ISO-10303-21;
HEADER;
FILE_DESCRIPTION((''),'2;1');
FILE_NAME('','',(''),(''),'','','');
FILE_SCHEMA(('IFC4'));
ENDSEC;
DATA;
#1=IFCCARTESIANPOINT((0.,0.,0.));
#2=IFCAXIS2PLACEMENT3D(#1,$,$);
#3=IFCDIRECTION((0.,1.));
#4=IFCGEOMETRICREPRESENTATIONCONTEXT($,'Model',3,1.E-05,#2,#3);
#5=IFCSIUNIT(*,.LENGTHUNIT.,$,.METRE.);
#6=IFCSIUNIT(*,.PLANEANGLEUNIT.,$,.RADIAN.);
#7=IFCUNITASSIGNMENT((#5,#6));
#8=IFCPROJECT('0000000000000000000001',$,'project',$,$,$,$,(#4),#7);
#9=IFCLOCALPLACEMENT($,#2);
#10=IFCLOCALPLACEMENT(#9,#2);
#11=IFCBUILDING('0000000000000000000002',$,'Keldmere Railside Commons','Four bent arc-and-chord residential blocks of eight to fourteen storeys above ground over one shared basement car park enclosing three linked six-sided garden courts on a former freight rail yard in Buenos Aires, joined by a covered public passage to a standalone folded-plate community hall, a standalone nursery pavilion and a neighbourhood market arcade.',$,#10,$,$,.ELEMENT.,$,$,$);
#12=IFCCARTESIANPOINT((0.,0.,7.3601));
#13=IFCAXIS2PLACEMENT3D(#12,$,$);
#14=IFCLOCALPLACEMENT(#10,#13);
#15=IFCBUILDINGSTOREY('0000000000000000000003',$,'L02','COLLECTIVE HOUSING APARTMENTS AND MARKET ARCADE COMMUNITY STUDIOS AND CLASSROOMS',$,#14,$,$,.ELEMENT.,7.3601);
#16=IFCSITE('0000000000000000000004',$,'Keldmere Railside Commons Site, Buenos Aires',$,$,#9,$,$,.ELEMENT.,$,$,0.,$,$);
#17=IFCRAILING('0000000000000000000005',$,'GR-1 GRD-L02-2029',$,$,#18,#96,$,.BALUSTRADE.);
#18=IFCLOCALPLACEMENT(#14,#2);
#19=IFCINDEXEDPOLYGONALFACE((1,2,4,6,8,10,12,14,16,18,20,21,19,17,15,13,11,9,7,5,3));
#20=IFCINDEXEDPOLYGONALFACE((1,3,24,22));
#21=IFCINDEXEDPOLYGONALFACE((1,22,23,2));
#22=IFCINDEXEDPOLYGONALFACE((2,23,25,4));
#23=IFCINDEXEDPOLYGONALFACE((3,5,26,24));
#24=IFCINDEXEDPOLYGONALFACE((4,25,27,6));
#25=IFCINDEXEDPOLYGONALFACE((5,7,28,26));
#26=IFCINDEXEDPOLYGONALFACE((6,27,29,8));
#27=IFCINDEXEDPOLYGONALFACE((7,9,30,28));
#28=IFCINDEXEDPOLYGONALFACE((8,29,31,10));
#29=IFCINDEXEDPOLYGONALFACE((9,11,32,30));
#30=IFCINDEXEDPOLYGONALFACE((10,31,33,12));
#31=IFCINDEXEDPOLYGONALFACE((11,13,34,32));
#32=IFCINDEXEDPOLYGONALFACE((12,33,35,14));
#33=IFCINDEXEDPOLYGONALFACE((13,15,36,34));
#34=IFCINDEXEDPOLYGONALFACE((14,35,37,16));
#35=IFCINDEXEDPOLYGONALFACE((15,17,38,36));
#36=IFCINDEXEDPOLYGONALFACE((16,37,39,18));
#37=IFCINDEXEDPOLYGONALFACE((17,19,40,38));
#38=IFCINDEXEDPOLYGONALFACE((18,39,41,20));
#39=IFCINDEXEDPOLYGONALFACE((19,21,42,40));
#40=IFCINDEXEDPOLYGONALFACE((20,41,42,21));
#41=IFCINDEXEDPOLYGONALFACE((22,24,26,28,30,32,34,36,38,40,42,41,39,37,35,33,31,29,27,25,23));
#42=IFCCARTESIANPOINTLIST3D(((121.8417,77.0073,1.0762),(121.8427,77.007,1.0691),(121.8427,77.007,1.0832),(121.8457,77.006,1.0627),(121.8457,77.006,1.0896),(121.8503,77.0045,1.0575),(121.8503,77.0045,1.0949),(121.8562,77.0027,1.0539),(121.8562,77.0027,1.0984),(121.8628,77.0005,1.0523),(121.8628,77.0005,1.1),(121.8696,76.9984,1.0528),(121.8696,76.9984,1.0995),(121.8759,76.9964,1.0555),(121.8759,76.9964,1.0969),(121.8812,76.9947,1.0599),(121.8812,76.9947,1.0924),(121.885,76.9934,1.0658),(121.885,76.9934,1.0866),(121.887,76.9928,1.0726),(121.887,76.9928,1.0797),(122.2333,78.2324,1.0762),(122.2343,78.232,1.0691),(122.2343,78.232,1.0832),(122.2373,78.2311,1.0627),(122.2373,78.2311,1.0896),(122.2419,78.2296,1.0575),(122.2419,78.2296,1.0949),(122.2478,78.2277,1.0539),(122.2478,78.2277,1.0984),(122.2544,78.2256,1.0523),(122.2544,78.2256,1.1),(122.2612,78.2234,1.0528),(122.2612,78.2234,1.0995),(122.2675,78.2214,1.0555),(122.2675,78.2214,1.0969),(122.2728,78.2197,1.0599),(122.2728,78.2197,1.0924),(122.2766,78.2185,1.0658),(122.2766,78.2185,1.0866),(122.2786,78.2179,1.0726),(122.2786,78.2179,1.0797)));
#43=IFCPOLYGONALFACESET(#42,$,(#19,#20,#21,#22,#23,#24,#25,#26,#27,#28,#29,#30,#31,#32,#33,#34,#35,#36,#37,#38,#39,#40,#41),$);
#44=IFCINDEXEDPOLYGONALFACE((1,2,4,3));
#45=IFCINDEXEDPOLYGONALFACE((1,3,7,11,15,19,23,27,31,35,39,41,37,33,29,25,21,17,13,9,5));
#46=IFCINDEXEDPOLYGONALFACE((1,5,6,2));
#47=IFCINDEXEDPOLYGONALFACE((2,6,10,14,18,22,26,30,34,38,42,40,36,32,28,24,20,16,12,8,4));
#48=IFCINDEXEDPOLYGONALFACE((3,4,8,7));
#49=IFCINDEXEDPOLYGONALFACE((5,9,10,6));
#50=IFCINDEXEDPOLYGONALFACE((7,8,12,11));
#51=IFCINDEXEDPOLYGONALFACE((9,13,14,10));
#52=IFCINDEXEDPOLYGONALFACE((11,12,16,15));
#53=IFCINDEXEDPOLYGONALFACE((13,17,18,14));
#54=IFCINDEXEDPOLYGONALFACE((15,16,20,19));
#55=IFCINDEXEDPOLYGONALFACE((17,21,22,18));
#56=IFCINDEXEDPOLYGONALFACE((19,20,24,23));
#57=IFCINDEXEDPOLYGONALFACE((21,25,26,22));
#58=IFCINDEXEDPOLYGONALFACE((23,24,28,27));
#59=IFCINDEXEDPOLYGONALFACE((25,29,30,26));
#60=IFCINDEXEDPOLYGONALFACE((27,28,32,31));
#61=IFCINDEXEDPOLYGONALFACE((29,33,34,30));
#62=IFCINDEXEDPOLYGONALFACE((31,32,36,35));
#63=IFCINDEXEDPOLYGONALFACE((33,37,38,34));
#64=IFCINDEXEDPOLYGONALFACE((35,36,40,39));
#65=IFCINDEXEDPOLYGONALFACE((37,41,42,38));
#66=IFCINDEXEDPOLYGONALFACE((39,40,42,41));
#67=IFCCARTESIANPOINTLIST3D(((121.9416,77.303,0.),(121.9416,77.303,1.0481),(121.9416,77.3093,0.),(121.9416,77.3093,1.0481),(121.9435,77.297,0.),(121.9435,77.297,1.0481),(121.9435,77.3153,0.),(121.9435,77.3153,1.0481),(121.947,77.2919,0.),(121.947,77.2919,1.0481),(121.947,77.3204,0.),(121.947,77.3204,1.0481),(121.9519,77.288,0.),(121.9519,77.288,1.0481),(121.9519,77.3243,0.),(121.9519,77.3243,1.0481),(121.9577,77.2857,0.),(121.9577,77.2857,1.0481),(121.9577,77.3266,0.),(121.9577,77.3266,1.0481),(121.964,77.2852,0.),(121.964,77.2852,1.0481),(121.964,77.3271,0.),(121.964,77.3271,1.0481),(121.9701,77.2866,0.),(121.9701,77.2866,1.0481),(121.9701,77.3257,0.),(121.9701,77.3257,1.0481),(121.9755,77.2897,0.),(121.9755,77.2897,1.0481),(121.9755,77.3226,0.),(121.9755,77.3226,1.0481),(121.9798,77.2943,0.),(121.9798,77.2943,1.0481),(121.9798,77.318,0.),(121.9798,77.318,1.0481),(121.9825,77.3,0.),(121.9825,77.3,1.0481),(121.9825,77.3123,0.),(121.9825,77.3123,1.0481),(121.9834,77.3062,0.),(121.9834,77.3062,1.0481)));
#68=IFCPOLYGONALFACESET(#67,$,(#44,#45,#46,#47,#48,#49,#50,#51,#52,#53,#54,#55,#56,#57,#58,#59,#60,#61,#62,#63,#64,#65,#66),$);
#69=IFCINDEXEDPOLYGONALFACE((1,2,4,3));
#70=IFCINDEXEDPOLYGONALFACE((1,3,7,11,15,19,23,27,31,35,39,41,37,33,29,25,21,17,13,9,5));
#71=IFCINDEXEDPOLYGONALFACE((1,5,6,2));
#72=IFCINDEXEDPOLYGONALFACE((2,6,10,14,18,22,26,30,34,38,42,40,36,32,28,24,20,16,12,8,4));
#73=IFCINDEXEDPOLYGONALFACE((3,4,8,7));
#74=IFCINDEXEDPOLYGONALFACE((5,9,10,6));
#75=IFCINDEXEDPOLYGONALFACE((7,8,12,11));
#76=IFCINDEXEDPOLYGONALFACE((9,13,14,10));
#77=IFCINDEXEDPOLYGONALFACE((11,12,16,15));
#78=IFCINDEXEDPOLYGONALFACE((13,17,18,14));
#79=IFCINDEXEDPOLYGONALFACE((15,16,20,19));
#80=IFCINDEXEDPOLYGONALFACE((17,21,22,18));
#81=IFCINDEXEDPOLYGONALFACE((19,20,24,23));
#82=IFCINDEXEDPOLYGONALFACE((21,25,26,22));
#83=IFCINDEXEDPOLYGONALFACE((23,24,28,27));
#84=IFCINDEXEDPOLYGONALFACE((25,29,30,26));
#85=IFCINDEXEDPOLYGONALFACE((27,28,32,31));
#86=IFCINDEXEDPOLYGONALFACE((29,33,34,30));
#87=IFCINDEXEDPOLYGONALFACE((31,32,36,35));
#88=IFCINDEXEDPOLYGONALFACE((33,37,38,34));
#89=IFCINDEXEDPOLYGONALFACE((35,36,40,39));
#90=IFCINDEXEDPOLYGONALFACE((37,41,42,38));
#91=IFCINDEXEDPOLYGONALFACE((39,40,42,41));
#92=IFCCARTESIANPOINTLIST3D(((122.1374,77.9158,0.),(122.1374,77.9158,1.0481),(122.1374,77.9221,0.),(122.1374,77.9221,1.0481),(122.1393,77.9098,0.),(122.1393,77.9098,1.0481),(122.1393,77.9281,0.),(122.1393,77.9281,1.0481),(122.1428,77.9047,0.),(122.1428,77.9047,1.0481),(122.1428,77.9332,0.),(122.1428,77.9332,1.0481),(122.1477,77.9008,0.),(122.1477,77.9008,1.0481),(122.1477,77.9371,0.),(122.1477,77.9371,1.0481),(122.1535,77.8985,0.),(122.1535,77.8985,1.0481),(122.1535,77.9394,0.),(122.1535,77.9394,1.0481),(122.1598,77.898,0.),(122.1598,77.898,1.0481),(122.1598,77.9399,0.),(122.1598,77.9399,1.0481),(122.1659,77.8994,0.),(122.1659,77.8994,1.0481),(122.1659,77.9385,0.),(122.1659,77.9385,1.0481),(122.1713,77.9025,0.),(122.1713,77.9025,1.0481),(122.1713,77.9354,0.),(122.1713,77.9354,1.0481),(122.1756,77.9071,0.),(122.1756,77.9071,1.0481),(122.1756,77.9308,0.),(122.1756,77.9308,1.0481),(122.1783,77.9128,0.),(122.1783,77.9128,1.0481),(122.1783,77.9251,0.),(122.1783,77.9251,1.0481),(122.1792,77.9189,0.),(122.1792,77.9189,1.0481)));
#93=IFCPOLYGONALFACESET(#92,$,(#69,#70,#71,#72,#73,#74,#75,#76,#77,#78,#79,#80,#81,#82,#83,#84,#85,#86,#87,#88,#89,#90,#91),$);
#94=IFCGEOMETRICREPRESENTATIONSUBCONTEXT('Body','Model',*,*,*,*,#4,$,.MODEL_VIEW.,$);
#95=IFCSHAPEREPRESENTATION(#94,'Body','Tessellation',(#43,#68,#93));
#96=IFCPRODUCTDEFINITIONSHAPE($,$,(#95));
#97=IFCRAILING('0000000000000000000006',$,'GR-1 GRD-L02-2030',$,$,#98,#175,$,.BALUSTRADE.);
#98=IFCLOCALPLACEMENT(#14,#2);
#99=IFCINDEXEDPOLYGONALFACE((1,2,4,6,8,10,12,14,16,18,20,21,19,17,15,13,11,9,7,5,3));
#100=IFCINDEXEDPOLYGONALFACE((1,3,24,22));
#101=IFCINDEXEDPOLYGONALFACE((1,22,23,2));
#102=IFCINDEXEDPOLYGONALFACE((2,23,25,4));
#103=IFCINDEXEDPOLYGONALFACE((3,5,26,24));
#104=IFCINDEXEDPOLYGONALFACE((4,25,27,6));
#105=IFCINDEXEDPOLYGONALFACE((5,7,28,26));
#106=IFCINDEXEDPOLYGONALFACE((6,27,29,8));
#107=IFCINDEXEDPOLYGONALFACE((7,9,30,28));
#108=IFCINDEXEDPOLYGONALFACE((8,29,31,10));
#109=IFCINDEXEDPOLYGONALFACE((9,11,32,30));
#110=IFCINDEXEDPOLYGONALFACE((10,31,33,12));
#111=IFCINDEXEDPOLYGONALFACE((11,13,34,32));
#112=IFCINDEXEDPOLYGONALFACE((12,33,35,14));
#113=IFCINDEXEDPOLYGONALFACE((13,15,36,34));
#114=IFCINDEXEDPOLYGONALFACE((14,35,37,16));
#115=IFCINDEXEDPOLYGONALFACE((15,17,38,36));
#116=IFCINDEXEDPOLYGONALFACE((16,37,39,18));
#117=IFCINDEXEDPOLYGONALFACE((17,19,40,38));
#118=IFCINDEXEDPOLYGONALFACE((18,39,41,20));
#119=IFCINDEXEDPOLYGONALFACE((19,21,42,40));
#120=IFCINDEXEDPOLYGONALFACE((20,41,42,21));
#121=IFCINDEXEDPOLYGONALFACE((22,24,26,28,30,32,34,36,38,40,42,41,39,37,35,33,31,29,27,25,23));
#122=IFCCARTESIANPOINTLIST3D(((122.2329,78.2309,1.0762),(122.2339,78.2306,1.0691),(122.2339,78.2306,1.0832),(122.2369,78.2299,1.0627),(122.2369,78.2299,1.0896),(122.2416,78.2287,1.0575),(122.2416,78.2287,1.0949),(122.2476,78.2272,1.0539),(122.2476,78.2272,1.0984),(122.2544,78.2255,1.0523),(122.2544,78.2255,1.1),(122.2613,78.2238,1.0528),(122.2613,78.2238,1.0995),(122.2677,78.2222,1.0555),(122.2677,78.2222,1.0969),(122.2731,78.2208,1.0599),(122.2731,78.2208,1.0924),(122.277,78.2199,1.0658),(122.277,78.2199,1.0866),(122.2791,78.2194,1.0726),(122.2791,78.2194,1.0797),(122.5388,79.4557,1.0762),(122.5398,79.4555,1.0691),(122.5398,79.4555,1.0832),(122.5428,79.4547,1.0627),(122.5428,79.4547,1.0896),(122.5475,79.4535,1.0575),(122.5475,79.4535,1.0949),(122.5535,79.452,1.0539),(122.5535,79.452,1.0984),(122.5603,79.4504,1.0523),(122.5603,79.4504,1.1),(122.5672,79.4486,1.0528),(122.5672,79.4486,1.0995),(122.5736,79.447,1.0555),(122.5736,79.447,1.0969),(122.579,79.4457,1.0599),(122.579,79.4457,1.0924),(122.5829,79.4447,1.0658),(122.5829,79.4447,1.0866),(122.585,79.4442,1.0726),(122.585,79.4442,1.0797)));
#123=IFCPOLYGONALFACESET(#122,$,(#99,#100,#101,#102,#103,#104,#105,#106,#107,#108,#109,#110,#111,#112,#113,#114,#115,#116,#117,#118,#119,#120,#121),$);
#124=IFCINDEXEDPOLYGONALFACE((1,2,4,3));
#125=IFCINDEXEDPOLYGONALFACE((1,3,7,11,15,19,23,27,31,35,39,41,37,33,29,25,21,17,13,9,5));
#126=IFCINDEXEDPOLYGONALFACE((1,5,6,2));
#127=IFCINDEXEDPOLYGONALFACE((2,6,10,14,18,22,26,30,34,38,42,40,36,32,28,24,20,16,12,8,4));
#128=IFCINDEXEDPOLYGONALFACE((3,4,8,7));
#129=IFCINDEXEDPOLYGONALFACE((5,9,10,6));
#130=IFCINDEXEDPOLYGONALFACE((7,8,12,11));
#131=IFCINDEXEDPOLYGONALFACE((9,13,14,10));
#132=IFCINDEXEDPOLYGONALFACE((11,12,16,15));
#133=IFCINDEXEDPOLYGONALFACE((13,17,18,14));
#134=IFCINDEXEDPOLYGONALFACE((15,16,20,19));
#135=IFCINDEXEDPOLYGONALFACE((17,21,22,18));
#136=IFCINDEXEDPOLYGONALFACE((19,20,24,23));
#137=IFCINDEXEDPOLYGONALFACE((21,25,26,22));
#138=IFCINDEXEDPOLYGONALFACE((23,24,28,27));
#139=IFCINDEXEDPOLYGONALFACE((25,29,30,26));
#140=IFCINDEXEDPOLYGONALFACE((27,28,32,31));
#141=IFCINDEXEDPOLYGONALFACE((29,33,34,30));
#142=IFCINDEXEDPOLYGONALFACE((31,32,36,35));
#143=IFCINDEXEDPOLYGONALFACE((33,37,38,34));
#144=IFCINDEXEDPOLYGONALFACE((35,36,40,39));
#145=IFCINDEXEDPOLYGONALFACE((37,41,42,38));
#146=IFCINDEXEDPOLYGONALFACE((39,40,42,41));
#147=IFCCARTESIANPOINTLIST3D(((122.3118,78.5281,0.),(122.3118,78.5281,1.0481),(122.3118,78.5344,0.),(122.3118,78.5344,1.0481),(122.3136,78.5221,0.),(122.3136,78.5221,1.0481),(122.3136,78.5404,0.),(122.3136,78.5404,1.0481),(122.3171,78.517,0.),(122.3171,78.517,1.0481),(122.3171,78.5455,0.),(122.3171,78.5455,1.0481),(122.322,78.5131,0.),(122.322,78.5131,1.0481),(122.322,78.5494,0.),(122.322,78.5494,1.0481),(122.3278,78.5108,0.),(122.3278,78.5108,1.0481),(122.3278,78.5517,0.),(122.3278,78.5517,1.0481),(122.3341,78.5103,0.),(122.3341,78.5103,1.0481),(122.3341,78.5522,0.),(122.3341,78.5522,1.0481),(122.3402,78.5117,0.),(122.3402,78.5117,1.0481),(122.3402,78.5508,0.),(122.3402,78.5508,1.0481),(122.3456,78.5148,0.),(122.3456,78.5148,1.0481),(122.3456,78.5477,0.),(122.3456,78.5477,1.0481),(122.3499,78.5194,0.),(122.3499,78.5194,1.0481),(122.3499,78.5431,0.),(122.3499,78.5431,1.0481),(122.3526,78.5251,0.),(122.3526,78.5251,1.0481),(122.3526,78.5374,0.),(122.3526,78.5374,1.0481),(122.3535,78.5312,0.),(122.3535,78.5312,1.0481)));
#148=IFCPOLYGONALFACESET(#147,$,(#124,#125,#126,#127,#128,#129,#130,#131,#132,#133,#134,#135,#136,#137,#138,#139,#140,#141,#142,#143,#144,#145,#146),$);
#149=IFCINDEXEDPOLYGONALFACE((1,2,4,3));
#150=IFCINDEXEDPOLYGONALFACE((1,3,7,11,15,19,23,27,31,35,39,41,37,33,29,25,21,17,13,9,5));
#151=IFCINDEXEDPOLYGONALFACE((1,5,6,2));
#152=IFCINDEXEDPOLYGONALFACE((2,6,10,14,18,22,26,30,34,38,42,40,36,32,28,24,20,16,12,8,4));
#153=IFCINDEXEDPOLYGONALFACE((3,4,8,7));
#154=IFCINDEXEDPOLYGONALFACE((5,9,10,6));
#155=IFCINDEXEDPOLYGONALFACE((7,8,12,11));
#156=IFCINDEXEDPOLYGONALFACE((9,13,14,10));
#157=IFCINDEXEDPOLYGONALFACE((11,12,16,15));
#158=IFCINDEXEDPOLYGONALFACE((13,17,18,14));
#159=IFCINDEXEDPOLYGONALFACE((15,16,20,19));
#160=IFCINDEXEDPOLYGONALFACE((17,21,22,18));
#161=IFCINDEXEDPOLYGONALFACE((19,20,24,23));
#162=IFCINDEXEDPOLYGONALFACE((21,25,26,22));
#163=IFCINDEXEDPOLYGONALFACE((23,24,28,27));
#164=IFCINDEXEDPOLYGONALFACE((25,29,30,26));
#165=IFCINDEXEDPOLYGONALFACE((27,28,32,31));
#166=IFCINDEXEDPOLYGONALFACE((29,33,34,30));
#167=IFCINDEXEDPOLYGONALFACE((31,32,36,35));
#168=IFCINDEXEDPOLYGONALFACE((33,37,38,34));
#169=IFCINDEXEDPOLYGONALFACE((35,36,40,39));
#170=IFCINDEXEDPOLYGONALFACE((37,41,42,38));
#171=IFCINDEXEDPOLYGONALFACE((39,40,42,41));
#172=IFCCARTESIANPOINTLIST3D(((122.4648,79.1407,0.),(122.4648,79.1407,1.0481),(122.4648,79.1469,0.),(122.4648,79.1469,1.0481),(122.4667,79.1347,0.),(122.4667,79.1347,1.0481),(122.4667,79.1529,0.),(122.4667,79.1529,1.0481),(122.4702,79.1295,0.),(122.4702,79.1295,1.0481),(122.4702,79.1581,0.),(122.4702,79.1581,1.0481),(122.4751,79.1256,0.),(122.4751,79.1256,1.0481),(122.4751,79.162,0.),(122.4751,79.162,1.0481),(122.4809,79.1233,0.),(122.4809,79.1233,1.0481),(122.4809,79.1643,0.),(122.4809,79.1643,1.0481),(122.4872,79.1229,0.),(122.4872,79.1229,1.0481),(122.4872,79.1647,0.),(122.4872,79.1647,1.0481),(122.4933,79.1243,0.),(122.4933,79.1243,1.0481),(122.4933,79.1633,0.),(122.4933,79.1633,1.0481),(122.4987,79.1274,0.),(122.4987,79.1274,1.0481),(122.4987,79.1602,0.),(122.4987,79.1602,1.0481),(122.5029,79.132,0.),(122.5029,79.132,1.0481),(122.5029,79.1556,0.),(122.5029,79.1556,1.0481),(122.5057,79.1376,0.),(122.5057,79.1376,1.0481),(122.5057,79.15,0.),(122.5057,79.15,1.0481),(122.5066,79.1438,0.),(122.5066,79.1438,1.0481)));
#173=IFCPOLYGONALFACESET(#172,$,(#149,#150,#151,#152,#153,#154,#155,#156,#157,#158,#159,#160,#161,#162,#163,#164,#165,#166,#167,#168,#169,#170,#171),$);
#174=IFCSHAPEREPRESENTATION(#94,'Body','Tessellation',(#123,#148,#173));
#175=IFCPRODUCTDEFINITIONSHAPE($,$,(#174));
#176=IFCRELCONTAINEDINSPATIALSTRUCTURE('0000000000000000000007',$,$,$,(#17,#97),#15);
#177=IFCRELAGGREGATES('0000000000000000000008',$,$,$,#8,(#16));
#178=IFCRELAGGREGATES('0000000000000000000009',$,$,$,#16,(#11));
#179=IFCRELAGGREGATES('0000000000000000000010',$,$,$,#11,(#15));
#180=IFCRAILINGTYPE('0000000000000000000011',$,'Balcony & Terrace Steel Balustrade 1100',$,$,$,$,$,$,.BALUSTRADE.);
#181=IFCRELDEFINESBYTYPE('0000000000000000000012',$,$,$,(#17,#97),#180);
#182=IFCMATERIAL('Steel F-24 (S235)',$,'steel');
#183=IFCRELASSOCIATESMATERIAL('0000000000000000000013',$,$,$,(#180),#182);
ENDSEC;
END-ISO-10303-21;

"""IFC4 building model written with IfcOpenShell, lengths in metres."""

from ifc_helpers import new_model, si_unit, direction, frame, origin, origin_2d, place, context, subcontext, project, spatial, circle, extrude, material, type_object, element, save


model = new_model("IFC4")

# Units and contexts
model_context = context("Model", 3, precision=1e-05, world=origin(), true_north=direction((0.0, 1.0)))
body_context = subcontext(model_context, "Body", "Model", "MODEL_VIEW")
ifc_project = project(units=[si_unit("LENGTHUNIT", "METRE"), si_unit("PLANEANGLEUNIT", "RADIAN")], contexts=[model_context])

# Site, building, storey
site_placement = place(None, origin())
site = spatial("IfcSite", under=ifc_project, at=site_placement, Name="Keldmere Railside Commons Site, Buenos Aires", CompositionType="ELEMENT", RefElevation=0.0)
building_placement = place(site_placement, origin())
building = spatial("IfcBuilding", under=site, at=building_placement, Name="Keldmere Railside Commons", Description="Four bent arc-and-chord residential blocks of eight to fourteen storeys above ground over one shared basement car park enclosing three linked six-sided garden courts on a former freight rail yard in Buenos Aires, joined by a covered public passage to a standalone folded-plate community hall, a standalone nursery pavilion and a neighbourhood market arcade.", CompositionType="ELEMENT")
storey_placement = place(building_placement, frame((0.0, 0.0, 7.3601)))
storey = spatial("IfcBuildingStorey", under=building, at=storey_placement, Name="L02", Description="COLLECTIVE HOUSING APARTMENTS AND MARKET ARCADE COMMUNITY STUDIOS AND CLASSROOMS", CompositionType="ELEMENT", Elevation=7.3601)

# Railings
ifc_material_1 = material(Name="Steel F-24 (S235)", Category="steel")
railing_type = type_object("IfcRailingType", Name="Balcony & Terrace Steel Balustrade 1100", PredefinedType="BALUSTRADE", material=ifc_material_1)
railing_1_placement = place(storey_placement, frame((121.8645, 77.0, 0.0)))
element("IfcRailing", 1, at=railing_1_placement, inside=storey, type_object=railing_type, Name="GR-1 GRD-L02-2029", PredefinedType="BALUSTRADE", context=body_context, shape_type="SweptSolid", body=[
    extrude(circle(Radius=0.0239, at=origin_2d()), frame((0.0, 0.0, 1.0762), z_axis=(0.304473, 0.952521, 0.0), x_axis=(-0.952521, 0.304473, 0.0)), (0.0, 0.0, 1.0), 1.2861),
    extrude(circle(Radius=0.021, at=origin_2d()), frame((0.0979, 0.3062, 0.0)), (0.0, 0.0, 1.0), 1.0481),
    extrude(circle(Radius=0.021, at=origin_2d()), frame((0.2937, 0.9189, 0.0)), (0.0, 0.0, 1.0), 1.0481),
])
railing_2_placement = place(storey_placement, frame((122.2561, 78.2251, 0.0)))
element("IfcRailing", 2, at=railing_2_placement, inside=storey, type_object=railing_type, Name="GR-1 GRD-L02-2030", PredefinedType="BALUSTRADE", context=body_context, shape_type="SweptSolid", body=[
    extrude(circle(Radius=0.0239, at=origin_2d()), frame((0.0, 0.0, 1.0762), z_axis=(0.242308, 0.970199, 0.0), x_axis=(-0.970199, 0.242308, 0.0)), (0.0, 0.0, 1.0), 1.2625),
    extrude(circle(Radius=0.021, at=origin_2d()), frame((0.0764, 0.3062, 0.0)), (0.0, 0.0, 1.0), 1.0481),
    extrude(circle(Radius=0.021, at=origin_2d()), frame((0.2295, 0.9187, 0.0)), (0.0, 0.0, 1.0), 1.0481),
])

save(model, "model.ifc")
